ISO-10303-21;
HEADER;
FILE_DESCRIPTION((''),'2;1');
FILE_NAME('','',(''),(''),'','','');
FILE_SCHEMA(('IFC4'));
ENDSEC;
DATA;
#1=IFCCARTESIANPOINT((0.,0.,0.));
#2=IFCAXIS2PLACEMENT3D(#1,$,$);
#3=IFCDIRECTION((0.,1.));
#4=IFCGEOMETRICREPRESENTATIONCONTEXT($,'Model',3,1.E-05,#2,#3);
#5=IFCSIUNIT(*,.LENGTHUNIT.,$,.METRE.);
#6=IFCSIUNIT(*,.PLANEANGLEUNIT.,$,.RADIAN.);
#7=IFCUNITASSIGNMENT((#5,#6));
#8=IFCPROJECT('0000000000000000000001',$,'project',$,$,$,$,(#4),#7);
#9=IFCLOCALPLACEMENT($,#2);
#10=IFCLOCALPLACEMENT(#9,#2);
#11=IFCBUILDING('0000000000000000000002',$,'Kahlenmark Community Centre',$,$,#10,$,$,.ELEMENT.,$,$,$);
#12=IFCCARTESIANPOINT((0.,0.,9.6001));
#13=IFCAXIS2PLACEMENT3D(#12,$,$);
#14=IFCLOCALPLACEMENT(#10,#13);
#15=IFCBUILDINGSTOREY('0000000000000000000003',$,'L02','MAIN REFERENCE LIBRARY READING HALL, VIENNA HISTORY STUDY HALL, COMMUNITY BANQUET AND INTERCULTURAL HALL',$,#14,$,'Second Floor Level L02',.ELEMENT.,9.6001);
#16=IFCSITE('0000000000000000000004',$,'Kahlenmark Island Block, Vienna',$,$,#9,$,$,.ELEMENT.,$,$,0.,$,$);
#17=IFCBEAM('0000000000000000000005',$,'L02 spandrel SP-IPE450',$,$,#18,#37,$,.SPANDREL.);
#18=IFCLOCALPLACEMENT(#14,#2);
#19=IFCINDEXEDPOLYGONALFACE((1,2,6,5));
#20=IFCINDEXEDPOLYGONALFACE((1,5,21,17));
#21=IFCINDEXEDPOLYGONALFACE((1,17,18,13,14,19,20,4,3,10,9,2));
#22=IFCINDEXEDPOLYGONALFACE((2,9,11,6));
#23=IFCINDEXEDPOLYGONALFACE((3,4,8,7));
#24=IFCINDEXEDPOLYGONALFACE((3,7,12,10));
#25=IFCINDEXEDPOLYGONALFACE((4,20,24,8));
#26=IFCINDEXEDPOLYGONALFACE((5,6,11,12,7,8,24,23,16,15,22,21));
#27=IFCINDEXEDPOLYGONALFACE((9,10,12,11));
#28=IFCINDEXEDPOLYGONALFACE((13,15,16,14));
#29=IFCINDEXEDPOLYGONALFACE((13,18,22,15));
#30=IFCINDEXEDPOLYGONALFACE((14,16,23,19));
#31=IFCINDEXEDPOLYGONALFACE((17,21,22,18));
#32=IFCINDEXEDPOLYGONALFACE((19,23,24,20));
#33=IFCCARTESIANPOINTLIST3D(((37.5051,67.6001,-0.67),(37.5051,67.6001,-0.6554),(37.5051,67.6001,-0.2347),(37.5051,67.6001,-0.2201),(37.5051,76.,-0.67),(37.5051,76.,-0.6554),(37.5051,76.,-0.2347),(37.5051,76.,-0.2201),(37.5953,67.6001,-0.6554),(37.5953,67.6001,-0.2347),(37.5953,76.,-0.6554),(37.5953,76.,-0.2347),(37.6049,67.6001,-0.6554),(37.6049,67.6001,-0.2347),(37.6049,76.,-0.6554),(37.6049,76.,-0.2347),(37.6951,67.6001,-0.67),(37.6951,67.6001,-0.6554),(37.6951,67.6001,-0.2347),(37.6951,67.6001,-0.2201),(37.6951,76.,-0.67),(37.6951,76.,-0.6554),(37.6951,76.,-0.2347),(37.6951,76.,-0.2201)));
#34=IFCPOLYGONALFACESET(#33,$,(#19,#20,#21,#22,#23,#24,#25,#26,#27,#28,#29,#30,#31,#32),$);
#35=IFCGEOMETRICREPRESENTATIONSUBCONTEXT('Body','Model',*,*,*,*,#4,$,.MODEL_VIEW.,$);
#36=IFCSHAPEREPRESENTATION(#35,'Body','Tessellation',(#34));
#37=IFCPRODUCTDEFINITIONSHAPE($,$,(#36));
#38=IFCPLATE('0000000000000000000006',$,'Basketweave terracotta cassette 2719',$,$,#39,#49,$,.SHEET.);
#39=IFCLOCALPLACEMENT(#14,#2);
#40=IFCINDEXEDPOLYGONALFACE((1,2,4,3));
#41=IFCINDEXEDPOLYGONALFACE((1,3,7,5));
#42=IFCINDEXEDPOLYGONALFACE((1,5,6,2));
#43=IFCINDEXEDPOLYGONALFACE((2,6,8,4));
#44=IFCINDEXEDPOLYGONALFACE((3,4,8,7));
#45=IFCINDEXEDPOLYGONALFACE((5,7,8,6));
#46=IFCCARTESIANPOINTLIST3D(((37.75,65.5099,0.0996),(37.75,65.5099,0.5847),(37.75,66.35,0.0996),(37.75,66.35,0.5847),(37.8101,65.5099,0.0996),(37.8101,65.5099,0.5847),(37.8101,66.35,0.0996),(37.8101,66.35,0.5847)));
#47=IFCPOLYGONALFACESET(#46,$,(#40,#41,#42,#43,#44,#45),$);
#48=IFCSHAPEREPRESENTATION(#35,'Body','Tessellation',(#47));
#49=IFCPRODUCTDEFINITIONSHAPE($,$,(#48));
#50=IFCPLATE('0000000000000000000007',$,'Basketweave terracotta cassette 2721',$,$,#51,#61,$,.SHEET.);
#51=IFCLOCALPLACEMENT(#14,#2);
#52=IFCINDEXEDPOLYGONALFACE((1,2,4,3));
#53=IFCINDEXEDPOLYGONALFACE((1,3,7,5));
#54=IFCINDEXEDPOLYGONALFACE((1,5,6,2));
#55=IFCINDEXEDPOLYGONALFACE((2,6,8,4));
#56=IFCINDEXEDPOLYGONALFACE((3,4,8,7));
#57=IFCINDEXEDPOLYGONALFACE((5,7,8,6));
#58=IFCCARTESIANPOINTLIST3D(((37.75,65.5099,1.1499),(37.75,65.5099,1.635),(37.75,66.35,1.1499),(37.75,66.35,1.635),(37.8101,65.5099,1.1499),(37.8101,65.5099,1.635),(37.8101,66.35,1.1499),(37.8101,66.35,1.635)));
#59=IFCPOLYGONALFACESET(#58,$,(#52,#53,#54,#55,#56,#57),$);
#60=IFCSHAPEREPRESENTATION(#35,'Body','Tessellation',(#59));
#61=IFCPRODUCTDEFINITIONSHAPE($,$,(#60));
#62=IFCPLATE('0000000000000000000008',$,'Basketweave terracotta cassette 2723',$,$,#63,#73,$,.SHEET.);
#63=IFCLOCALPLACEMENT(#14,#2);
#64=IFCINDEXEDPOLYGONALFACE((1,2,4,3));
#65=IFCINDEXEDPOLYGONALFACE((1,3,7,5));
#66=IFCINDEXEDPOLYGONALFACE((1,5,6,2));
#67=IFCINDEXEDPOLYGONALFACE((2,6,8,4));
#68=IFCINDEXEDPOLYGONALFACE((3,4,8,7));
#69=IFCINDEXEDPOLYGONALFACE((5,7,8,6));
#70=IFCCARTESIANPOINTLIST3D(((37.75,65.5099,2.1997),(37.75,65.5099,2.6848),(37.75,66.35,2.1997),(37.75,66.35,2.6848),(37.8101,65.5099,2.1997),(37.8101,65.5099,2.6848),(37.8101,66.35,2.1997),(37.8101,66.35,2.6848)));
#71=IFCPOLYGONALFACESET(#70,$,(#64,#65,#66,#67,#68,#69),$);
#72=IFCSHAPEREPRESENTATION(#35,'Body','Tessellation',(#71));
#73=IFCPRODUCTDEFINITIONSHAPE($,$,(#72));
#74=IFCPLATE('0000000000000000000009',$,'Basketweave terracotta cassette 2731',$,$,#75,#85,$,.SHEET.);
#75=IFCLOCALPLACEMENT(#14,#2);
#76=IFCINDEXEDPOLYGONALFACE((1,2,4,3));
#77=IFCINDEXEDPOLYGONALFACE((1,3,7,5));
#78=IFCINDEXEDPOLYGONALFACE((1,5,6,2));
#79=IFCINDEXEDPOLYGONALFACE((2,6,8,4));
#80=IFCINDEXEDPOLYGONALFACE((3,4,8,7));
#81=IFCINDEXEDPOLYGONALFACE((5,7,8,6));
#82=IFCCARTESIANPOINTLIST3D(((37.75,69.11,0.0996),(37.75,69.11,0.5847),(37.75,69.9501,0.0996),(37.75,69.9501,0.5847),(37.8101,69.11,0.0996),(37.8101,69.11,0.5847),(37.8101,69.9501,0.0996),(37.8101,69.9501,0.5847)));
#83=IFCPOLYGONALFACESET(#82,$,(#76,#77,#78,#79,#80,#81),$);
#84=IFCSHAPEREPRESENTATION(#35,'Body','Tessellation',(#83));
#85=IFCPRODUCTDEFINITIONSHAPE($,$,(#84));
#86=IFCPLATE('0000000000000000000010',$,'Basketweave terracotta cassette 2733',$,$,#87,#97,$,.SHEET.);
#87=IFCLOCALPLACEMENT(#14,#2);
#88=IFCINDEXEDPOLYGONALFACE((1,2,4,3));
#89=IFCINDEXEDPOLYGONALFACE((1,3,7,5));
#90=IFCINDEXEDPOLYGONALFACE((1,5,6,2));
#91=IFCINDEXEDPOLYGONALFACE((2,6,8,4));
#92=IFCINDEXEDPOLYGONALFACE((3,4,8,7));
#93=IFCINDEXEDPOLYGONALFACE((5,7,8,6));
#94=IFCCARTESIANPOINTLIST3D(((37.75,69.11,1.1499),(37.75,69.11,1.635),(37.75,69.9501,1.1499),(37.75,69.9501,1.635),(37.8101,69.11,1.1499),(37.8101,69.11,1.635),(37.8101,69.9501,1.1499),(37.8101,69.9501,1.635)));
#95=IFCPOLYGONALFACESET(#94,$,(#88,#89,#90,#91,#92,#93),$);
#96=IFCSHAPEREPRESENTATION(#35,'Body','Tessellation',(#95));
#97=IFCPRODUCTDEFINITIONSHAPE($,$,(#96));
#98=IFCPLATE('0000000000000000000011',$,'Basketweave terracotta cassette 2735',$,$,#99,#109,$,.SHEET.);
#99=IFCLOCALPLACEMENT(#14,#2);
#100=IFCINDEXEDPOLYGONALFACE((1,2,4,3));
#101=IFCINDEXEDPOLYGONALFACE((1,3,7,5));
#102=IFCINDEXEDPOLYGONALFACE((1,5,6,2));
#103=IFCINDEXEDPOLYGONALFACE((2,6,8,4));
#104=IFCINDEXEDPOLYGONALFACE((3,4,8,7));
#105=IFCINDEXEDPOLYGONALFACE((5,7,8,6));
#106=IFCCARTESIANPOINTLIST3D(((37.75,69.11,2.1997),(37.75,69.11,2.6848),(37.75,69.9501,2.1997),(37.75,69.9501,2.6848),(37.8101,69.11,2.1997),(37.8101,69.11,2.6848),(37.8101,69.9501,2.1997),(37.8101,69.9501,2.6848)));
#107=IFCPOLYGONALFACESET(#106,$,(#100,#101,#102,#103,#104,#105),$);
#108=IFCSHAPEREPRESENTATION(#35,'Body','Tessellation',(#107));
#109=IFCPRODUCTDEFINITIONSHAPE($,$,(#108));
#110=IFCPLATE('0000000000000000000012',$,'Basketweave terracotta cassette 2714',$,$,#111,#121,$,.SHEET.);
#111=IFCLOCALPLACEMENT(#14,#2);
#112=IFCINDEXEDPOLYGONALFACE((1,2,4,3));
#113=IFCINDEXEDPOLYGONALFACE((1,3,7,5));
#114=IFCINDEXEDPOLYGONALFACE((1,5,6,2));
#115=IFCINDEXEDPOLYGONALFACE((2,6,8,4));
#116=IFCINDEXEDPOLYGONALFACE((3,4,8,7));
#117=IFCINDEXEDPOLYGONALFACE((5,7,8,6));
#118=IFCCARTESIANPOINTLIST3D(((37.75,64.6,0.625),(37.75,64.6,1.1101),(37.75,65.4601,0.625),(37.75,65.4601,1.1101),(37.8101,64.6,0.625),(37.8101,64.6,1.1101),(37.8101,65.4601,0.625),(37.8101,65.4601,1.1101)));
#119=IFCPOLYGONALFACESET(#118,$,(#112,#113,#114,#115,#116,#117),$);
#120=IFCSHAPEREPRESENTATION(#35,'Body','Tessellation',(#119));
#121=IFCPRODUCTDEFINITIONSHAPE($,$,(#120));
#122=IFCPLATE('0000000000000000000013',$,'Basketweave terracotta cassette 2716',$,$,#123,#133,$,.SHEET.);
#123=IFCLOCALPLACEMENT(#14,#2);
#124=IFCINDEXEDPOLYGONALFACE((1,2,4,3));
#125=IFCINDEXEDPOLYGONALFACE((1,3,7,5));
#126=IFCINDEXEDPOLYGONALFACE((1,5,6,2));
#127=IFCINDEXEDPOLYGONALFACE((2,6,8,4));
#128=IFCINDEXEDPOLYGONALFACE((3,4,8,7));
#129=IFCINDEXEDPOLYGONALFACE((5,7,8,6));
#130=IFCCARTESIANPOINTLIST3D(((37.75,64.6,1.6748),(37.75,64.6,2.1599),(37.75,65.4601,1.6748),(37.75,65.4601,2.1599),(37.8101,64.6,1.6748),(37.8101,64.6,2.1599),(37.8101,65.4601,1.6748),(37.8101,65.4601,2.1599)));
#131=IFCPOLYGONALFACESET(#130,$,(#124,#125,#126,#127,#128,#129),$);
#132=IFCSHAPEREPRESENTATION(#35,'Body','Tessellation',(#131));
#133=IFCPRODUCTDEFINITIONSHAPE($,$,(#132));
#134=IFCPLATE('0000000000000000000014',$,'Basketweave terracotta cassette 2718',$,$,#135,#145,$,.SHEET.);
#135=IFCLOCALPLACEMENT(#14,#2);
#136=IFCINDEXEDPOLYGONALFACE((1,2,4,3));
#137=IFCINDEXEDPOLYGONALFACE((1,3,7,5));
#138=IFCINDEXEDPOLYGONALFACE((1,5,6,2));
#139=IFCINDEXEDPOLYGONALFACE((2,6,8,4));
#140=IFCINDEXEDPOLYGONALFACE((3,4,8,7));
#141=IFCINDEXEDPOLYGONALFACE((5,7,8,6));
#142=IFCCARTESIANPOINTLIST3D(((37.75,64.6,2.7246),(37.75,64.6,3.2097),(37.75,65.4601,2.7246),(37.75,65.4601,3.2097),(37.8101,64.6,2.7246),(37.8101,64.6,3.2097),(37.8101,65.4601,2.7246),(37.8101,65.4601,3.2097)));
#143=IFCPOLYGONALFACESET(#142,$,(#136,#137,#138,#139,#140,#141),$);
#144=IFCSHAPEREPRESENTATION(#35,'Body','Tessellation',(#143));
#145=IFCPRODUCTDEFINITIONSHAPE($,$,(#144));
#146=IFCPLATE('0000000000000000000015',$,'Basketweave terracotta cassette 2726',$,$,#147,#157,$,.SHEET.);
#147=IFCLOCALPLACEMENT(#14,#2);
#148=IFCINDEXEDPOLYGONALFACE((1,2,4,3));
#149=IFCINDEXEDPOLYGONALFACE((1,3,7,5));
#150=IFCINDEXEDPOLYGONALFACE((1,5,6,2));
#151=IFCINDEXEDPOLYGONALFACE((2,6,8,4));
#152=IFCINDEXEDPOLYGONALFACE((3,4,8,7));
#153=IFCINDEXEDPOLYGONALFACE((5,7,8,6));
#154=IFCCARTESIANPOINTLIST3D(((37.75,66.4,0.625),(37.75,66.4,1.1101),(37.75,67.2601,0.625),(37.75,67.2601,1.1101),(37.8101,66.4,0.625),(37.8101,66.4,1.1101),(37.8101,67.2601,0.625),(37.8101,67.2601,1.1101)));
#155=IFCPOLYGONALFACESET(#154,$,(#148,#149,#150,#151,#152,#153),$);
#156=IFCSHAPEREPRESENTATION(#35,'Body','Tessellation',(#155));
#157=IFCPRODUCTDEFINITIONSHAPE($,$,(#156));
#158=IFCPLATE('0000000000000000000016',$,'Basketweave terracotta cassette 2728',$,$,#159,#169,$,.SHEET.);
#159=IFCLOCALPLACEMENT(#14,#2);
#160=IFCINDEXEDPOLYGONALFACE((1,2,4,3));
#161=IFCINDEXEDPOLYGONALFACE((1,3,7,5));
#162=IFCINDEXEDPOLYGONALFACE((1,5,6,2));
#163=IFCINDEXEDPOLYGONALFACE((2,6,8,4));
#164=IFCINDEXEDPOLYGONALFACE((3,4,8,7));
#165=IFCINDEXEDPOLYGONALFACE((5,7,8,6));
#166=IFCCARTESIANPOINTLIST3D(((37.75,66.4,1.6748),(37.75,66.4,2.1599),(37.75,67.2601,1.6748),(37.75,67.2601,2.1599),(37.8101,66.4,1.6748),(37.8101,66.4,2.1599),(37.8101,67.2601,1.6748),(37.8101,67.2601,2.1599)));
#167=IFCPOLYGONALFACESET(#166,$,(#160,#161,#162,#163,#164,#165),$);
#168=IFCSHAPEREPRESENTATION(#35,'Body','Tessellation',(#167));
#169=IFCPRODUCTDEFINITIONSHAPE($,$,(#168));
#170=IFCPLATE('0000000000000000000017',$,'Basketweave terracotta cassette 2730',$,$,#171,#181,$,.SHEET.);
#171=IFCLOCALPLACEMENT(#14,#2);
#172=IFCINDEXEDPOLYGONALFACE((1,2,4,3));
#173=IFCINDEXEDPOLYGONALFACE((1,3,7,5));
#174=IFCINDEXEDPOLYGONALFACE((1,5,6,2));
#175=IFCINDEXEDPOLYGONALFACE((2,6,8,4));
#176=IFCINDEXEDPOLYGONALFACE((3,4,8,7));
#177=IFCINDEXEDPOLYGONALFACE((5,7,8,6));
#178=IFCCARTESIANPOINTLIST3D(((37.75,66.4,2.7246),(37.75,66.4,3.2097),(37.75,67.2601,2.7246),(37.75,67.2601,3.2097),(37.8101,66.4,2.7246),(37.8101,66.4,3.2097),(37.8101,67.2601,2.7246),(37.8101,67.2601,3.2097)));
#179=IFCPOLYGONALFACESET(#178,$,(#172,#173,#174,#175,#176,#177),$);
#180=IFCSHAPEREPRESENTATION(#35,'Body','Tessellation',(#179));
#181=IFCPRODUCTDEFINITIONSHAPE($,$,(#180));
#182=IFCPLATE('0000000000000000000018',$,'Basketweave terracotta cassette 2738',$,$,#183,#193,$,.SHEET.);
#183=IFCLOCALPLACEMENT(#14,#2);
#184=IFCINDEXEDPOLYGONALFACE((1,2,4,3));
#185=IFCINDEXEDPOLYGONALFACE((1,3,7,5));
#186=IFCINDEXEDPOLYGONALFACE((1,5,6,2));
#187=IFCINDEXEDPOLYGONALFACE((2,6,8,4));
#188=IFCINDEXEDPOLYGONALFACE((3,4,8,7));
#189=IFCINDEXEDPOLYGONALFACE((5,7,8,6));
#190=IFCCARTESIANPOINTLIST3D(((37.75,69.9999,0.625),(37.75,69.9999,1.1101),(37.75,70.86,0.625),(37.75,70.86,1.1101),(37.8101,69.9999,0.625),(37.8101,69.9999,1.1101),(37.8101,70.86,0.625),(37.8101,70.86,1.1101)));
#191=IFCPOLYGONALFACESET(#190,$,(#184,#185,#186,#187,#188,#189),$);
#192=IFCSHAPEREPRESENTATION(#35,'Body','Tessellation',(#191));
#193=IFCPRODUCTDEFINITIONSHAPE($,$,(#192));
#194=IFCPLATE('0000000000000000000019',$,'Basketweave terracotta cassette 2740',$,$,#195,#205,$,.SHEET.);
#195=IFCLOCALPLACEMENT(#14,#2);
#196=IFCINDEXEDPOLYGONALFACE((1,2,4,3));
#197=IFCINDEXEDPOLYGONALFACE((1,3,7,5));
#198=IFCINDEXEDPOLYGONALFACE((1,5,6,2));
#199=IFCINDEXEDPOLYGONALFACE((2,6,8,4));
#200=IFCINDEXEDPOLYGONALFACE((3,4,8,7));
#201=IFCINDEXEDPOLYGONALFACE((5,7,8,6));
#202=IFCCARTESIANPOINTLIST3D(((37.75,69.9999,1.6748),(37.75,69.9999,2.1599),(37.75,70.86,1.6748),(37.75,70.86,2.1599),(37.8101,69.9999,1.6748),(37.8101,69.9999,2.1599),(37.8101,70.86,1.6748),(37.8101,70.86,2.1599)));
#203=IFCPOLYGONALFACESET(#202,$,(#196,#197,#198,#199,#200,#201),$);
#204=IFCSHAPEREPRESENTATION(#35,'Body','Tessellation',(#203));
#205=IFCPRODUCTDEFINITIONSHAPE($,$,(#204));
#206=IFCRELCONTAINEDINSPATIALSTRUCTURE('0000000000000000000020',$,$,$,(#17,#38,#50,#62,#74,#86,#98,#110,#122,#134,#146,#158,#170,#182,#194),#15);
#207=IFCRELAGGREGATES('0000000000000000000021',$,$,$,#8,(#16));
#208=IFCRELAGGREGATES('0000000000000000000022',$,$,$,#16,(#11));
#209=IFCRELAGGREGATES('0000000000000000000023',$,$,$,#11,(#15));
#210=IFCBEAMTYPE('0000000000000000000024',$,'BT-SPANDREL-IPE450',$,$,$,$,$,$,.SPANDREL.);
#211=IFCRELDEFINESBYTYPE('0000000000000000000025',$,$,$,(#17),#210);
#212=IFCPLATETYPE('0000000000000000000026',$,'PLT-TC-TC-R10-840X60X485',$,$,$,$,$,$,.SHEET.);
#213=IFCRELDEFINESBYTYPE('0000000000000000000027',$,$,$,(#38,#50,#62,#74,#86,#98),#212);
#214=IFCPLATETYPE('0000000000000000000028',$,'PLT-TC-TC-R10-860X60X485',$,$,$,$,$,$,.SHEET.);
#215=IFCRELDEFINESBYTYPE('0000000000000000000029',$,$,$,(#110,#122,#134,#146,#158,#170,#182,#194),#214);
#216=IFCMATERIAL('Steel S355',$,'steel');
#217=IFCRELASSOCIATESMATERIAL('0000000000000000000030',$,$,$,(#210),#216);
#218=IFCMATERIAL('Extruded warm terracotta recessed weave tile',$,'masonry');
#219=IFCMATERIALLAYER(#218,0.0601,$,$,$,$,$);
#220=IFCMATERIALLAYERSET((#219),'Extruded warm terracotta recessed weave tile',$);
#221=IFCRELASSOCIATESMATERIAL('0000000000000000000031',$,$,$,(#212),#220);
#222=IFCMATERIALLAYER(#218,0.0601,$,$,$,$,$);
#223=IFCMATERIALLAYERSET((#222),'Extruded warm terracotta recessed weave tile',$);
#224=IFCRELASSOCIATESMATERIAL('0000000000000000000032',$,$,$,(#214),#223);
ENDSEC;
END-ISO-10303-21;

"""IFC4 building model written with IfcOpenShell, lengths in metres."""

from ifc_helpers import new_model, si_unit, direction, frame, origin, origin_2d, place, context, subcontext, project, spatial, rectangle, i_section, extrude, material, layer, layer_set, material_profile, profile_set, type_object, element, save


model = new_model("IFC4")

# Units and contexts
model_context = context("Model", 3, precision=1e-05, world=origin(), true_north=direction((0.0, 1.0)))
body_context = subcontext(model_context, "Body", "Model", "MODEL_VIEW")
ifc_project = project(units=[si_unit("LENGTHUNIT", "METRE"), si_unit("PLANEANGLEUNIT", "RADIAN")], contexts=[model_context])

# Site, building, storey
site_placement = place(None, origin())
site = spatial("IfcSite", under=ifc_project, at=site_placement, Name="Kahlenmark Island Block, Vienna", CompositionType="ELEMENT", RefElevation=0.0)
building_placement = place(site_placement, origin())
building = spatial("IfcBuilding", under=site, at=building_placement, Name="Kahlenmark Community Centre", CompositionType="ELEMENT")
storey_placement = place(building_placement, frame((0.0, 0.0, 9.6001)))
storey = spatial("IfcBuildingStorey", under=building, at=storey_placement, Name="L02", Description="MAIN REFERENCE LIBRARY READING HALL, VIENNA HISTORY STUDY HALL, COMMUNITY BANQUET AND INTERCULTURAL HALL", LongName="Second Floor Level L02", CompositionType="ELEMENT", Elevation=9.6001)

# Beam
ifc_material_1 = material(Name="Steel S355", Category="steel")
ifc_material_profile = material_profile(ifc_material_1, i_section(OverallWidth=0.1899, OverallDepth=0.45, WebThickness=0.0095, FlangeThickness=0.0146, at=origin_2d()), Name="IPE 450")
ifc_profile_set = profile_set([ifc_material_profile], Name="Steel S355")
beam_type = type_object("IfcBeamType", Name="BT-SPANDREL-IPE450", PredefinedType="SPANDREL", material=ifc_profile_set)
beam_placement = place(storey_placement, frame((37.6001, 67.6001, -0.4451), z_axis=(0.0, 1.0, 0.0), x_axis=(-1.0, 0.0, 0.0)))
element("IfcBeam", 1, at=beam_placement, inside=storey, type_object=beam_type, Name="L02 spandrel SP-IPE450", PredefinedType="SPANDREL", context=body_context, shape_type="SweptSolid", body=[
    extrude(i_section(OverallWidth=0.1899, OverallDepth=0.45, WebThickness=0.0095, FlangeThickness=0.0146, at=origin_2d()), origin(), (0.0, 0.0, 1.0), 8.3999),
])

# Plates
ifc_material_2 = material(Name="Extruded warm terracotta recessed weave tile", Category="masonry")
ifc_layer_1 = layer(ifc_material_2, 0.0601)
ifc_layer_set_1 = layer_set([ifc_layer_1], Name="Extruded warm terracotta recessed weave tile")
plate_type_1 = type_object("IfcPlateType", Name="PLT-TC-TC-R10-840X60X485", PredefinedType="SHEET", material=ifc_layer_set_1)
for number, where, z_axis, x_axis, name in (
    (2, (37.78, 65.9299, 0.0996), (0.0, 0.0, 1.0), (0.0, 1.0, 0.0), "Basketweave terracotta cassette 2719"),
    (3, (37.78, 65.9299, 1.1499), (0.0, 0.0, 1.0), (0.0, 1.0, 0.0), "Basketweave terracotta cassette 2721"),
    (4, (37.78, 65.9299, 2.1997), (0.0, 0.0, 1.0), (0.0, 1.0, 0.0), "Basketweave terracotta cassette 2723"),
    (5, (37.78, 69.53, 0.0996), (0.0, 0.0, 1.0), (0.0, 1.0, 0.0), "Basketweave terracotta cassette 2731"),
    (6, (37.78, 69.53, 1.1499), (0.0, 0.0, 1.0), (0.0, 1.0, 0.0), "Basketweave terracotta cassette 2733"),
    (7, (37.78, 69.53, 2.1997), (0.0, 0.0, 1.0), (0.0, 1.0, 0.0), "Basketweave terracotta cassette 2735"),
):
    element("IfcPlate", number, at=place(storey_placement, frame(where, z_axis=z_axis, x_axis=x_axis)), inside=storey, type_object=plate_type_1, Name=name, PredefinedType="SHEET", context=body_context, shape_type="SweptSolid", body=[
        extrude(rectangle(XDim=0.8401, YDim=0.0601, at=origin_2d()), origin(), (0.0, 0.0, 1.0), 0.4851),
    ])
ifc_layer_2 = layer(ifc_material_2, 0.0601)
ifc_layer_set_2 = layer_set([ifc_layer_2], Name="Extruded warm terracotta recessed weave tile")
plate_type_2 = type_object("IfcPlateType", Name="PLT-TC-TC-R10-860X60X485", PredefinedType="SHEET", material=ifc_layer_set_2)
for number, where, z_axis, x_axis, name in (
    (8, (37.78, 65.03, 0.625), (0.0, 0.0, 1.0), (0.0, 1.0, 0.0), "Basketweave terracotta cassette 2714"),
    (9, (37.78, 65.03, 1.6748), (0.0, 0.0, 1.0), (0.0, 1.0, 0.0), "Basketweave terracotta cassette 2716"),
    (10, (37.78, 65.03, 2.7246), (0.0, 0.0, 1.0), (0.0, 1.0, 0.0), "Basketweave terracotta cassette 2718"),
    (11, (37.78, 66.8301, 0.625), (0.0, 0.0, 1.0), (0.0, 1.0, 0.0), "Basketweave terracotta cassette 2726"),
    (12, (37.78, 66.8301, 1.6748), (0.0, 0.0, 1.0), (0.0, 1.0, 0.0), "Basketweave terracotta cassette 2728"),
    (13, (37.78, 66.8301, 2.7246), (0.0, 0.0, 1.0), (0.0, 1.0, 0.0), "Basketweave terracotta cassette 2730"),
    (14, (37.78, 70.4299, 0.625), (0.0, 0.0, 1.0), (0.0, 1.0, 0.0), "Basketweave terracotta cassette 2738"),
    (15, (37.78, 70.4299, 1.6748), (0.0, 0.0, 1.0), (0.0, 1.0, 0.0), "Basketweave terracotta cassette 2740"),
):
    element("IfcPlate", number, at=place(storey_placement, frame(where, z_axis=z_axis, x_axis=x_axis)), inside=storey, type_object=plate_type_2, Name=name, PredefinedType="SHEET", context=body_context, shape_type="SweptSolid", body=[
        extrude(rectangle(XDim=0.8601, YDim=0.0601, at=origin_2d()), origin(), (0.0, 0.0, 1.0), 0.4851),
    ])

save(model, "model.ifc")
